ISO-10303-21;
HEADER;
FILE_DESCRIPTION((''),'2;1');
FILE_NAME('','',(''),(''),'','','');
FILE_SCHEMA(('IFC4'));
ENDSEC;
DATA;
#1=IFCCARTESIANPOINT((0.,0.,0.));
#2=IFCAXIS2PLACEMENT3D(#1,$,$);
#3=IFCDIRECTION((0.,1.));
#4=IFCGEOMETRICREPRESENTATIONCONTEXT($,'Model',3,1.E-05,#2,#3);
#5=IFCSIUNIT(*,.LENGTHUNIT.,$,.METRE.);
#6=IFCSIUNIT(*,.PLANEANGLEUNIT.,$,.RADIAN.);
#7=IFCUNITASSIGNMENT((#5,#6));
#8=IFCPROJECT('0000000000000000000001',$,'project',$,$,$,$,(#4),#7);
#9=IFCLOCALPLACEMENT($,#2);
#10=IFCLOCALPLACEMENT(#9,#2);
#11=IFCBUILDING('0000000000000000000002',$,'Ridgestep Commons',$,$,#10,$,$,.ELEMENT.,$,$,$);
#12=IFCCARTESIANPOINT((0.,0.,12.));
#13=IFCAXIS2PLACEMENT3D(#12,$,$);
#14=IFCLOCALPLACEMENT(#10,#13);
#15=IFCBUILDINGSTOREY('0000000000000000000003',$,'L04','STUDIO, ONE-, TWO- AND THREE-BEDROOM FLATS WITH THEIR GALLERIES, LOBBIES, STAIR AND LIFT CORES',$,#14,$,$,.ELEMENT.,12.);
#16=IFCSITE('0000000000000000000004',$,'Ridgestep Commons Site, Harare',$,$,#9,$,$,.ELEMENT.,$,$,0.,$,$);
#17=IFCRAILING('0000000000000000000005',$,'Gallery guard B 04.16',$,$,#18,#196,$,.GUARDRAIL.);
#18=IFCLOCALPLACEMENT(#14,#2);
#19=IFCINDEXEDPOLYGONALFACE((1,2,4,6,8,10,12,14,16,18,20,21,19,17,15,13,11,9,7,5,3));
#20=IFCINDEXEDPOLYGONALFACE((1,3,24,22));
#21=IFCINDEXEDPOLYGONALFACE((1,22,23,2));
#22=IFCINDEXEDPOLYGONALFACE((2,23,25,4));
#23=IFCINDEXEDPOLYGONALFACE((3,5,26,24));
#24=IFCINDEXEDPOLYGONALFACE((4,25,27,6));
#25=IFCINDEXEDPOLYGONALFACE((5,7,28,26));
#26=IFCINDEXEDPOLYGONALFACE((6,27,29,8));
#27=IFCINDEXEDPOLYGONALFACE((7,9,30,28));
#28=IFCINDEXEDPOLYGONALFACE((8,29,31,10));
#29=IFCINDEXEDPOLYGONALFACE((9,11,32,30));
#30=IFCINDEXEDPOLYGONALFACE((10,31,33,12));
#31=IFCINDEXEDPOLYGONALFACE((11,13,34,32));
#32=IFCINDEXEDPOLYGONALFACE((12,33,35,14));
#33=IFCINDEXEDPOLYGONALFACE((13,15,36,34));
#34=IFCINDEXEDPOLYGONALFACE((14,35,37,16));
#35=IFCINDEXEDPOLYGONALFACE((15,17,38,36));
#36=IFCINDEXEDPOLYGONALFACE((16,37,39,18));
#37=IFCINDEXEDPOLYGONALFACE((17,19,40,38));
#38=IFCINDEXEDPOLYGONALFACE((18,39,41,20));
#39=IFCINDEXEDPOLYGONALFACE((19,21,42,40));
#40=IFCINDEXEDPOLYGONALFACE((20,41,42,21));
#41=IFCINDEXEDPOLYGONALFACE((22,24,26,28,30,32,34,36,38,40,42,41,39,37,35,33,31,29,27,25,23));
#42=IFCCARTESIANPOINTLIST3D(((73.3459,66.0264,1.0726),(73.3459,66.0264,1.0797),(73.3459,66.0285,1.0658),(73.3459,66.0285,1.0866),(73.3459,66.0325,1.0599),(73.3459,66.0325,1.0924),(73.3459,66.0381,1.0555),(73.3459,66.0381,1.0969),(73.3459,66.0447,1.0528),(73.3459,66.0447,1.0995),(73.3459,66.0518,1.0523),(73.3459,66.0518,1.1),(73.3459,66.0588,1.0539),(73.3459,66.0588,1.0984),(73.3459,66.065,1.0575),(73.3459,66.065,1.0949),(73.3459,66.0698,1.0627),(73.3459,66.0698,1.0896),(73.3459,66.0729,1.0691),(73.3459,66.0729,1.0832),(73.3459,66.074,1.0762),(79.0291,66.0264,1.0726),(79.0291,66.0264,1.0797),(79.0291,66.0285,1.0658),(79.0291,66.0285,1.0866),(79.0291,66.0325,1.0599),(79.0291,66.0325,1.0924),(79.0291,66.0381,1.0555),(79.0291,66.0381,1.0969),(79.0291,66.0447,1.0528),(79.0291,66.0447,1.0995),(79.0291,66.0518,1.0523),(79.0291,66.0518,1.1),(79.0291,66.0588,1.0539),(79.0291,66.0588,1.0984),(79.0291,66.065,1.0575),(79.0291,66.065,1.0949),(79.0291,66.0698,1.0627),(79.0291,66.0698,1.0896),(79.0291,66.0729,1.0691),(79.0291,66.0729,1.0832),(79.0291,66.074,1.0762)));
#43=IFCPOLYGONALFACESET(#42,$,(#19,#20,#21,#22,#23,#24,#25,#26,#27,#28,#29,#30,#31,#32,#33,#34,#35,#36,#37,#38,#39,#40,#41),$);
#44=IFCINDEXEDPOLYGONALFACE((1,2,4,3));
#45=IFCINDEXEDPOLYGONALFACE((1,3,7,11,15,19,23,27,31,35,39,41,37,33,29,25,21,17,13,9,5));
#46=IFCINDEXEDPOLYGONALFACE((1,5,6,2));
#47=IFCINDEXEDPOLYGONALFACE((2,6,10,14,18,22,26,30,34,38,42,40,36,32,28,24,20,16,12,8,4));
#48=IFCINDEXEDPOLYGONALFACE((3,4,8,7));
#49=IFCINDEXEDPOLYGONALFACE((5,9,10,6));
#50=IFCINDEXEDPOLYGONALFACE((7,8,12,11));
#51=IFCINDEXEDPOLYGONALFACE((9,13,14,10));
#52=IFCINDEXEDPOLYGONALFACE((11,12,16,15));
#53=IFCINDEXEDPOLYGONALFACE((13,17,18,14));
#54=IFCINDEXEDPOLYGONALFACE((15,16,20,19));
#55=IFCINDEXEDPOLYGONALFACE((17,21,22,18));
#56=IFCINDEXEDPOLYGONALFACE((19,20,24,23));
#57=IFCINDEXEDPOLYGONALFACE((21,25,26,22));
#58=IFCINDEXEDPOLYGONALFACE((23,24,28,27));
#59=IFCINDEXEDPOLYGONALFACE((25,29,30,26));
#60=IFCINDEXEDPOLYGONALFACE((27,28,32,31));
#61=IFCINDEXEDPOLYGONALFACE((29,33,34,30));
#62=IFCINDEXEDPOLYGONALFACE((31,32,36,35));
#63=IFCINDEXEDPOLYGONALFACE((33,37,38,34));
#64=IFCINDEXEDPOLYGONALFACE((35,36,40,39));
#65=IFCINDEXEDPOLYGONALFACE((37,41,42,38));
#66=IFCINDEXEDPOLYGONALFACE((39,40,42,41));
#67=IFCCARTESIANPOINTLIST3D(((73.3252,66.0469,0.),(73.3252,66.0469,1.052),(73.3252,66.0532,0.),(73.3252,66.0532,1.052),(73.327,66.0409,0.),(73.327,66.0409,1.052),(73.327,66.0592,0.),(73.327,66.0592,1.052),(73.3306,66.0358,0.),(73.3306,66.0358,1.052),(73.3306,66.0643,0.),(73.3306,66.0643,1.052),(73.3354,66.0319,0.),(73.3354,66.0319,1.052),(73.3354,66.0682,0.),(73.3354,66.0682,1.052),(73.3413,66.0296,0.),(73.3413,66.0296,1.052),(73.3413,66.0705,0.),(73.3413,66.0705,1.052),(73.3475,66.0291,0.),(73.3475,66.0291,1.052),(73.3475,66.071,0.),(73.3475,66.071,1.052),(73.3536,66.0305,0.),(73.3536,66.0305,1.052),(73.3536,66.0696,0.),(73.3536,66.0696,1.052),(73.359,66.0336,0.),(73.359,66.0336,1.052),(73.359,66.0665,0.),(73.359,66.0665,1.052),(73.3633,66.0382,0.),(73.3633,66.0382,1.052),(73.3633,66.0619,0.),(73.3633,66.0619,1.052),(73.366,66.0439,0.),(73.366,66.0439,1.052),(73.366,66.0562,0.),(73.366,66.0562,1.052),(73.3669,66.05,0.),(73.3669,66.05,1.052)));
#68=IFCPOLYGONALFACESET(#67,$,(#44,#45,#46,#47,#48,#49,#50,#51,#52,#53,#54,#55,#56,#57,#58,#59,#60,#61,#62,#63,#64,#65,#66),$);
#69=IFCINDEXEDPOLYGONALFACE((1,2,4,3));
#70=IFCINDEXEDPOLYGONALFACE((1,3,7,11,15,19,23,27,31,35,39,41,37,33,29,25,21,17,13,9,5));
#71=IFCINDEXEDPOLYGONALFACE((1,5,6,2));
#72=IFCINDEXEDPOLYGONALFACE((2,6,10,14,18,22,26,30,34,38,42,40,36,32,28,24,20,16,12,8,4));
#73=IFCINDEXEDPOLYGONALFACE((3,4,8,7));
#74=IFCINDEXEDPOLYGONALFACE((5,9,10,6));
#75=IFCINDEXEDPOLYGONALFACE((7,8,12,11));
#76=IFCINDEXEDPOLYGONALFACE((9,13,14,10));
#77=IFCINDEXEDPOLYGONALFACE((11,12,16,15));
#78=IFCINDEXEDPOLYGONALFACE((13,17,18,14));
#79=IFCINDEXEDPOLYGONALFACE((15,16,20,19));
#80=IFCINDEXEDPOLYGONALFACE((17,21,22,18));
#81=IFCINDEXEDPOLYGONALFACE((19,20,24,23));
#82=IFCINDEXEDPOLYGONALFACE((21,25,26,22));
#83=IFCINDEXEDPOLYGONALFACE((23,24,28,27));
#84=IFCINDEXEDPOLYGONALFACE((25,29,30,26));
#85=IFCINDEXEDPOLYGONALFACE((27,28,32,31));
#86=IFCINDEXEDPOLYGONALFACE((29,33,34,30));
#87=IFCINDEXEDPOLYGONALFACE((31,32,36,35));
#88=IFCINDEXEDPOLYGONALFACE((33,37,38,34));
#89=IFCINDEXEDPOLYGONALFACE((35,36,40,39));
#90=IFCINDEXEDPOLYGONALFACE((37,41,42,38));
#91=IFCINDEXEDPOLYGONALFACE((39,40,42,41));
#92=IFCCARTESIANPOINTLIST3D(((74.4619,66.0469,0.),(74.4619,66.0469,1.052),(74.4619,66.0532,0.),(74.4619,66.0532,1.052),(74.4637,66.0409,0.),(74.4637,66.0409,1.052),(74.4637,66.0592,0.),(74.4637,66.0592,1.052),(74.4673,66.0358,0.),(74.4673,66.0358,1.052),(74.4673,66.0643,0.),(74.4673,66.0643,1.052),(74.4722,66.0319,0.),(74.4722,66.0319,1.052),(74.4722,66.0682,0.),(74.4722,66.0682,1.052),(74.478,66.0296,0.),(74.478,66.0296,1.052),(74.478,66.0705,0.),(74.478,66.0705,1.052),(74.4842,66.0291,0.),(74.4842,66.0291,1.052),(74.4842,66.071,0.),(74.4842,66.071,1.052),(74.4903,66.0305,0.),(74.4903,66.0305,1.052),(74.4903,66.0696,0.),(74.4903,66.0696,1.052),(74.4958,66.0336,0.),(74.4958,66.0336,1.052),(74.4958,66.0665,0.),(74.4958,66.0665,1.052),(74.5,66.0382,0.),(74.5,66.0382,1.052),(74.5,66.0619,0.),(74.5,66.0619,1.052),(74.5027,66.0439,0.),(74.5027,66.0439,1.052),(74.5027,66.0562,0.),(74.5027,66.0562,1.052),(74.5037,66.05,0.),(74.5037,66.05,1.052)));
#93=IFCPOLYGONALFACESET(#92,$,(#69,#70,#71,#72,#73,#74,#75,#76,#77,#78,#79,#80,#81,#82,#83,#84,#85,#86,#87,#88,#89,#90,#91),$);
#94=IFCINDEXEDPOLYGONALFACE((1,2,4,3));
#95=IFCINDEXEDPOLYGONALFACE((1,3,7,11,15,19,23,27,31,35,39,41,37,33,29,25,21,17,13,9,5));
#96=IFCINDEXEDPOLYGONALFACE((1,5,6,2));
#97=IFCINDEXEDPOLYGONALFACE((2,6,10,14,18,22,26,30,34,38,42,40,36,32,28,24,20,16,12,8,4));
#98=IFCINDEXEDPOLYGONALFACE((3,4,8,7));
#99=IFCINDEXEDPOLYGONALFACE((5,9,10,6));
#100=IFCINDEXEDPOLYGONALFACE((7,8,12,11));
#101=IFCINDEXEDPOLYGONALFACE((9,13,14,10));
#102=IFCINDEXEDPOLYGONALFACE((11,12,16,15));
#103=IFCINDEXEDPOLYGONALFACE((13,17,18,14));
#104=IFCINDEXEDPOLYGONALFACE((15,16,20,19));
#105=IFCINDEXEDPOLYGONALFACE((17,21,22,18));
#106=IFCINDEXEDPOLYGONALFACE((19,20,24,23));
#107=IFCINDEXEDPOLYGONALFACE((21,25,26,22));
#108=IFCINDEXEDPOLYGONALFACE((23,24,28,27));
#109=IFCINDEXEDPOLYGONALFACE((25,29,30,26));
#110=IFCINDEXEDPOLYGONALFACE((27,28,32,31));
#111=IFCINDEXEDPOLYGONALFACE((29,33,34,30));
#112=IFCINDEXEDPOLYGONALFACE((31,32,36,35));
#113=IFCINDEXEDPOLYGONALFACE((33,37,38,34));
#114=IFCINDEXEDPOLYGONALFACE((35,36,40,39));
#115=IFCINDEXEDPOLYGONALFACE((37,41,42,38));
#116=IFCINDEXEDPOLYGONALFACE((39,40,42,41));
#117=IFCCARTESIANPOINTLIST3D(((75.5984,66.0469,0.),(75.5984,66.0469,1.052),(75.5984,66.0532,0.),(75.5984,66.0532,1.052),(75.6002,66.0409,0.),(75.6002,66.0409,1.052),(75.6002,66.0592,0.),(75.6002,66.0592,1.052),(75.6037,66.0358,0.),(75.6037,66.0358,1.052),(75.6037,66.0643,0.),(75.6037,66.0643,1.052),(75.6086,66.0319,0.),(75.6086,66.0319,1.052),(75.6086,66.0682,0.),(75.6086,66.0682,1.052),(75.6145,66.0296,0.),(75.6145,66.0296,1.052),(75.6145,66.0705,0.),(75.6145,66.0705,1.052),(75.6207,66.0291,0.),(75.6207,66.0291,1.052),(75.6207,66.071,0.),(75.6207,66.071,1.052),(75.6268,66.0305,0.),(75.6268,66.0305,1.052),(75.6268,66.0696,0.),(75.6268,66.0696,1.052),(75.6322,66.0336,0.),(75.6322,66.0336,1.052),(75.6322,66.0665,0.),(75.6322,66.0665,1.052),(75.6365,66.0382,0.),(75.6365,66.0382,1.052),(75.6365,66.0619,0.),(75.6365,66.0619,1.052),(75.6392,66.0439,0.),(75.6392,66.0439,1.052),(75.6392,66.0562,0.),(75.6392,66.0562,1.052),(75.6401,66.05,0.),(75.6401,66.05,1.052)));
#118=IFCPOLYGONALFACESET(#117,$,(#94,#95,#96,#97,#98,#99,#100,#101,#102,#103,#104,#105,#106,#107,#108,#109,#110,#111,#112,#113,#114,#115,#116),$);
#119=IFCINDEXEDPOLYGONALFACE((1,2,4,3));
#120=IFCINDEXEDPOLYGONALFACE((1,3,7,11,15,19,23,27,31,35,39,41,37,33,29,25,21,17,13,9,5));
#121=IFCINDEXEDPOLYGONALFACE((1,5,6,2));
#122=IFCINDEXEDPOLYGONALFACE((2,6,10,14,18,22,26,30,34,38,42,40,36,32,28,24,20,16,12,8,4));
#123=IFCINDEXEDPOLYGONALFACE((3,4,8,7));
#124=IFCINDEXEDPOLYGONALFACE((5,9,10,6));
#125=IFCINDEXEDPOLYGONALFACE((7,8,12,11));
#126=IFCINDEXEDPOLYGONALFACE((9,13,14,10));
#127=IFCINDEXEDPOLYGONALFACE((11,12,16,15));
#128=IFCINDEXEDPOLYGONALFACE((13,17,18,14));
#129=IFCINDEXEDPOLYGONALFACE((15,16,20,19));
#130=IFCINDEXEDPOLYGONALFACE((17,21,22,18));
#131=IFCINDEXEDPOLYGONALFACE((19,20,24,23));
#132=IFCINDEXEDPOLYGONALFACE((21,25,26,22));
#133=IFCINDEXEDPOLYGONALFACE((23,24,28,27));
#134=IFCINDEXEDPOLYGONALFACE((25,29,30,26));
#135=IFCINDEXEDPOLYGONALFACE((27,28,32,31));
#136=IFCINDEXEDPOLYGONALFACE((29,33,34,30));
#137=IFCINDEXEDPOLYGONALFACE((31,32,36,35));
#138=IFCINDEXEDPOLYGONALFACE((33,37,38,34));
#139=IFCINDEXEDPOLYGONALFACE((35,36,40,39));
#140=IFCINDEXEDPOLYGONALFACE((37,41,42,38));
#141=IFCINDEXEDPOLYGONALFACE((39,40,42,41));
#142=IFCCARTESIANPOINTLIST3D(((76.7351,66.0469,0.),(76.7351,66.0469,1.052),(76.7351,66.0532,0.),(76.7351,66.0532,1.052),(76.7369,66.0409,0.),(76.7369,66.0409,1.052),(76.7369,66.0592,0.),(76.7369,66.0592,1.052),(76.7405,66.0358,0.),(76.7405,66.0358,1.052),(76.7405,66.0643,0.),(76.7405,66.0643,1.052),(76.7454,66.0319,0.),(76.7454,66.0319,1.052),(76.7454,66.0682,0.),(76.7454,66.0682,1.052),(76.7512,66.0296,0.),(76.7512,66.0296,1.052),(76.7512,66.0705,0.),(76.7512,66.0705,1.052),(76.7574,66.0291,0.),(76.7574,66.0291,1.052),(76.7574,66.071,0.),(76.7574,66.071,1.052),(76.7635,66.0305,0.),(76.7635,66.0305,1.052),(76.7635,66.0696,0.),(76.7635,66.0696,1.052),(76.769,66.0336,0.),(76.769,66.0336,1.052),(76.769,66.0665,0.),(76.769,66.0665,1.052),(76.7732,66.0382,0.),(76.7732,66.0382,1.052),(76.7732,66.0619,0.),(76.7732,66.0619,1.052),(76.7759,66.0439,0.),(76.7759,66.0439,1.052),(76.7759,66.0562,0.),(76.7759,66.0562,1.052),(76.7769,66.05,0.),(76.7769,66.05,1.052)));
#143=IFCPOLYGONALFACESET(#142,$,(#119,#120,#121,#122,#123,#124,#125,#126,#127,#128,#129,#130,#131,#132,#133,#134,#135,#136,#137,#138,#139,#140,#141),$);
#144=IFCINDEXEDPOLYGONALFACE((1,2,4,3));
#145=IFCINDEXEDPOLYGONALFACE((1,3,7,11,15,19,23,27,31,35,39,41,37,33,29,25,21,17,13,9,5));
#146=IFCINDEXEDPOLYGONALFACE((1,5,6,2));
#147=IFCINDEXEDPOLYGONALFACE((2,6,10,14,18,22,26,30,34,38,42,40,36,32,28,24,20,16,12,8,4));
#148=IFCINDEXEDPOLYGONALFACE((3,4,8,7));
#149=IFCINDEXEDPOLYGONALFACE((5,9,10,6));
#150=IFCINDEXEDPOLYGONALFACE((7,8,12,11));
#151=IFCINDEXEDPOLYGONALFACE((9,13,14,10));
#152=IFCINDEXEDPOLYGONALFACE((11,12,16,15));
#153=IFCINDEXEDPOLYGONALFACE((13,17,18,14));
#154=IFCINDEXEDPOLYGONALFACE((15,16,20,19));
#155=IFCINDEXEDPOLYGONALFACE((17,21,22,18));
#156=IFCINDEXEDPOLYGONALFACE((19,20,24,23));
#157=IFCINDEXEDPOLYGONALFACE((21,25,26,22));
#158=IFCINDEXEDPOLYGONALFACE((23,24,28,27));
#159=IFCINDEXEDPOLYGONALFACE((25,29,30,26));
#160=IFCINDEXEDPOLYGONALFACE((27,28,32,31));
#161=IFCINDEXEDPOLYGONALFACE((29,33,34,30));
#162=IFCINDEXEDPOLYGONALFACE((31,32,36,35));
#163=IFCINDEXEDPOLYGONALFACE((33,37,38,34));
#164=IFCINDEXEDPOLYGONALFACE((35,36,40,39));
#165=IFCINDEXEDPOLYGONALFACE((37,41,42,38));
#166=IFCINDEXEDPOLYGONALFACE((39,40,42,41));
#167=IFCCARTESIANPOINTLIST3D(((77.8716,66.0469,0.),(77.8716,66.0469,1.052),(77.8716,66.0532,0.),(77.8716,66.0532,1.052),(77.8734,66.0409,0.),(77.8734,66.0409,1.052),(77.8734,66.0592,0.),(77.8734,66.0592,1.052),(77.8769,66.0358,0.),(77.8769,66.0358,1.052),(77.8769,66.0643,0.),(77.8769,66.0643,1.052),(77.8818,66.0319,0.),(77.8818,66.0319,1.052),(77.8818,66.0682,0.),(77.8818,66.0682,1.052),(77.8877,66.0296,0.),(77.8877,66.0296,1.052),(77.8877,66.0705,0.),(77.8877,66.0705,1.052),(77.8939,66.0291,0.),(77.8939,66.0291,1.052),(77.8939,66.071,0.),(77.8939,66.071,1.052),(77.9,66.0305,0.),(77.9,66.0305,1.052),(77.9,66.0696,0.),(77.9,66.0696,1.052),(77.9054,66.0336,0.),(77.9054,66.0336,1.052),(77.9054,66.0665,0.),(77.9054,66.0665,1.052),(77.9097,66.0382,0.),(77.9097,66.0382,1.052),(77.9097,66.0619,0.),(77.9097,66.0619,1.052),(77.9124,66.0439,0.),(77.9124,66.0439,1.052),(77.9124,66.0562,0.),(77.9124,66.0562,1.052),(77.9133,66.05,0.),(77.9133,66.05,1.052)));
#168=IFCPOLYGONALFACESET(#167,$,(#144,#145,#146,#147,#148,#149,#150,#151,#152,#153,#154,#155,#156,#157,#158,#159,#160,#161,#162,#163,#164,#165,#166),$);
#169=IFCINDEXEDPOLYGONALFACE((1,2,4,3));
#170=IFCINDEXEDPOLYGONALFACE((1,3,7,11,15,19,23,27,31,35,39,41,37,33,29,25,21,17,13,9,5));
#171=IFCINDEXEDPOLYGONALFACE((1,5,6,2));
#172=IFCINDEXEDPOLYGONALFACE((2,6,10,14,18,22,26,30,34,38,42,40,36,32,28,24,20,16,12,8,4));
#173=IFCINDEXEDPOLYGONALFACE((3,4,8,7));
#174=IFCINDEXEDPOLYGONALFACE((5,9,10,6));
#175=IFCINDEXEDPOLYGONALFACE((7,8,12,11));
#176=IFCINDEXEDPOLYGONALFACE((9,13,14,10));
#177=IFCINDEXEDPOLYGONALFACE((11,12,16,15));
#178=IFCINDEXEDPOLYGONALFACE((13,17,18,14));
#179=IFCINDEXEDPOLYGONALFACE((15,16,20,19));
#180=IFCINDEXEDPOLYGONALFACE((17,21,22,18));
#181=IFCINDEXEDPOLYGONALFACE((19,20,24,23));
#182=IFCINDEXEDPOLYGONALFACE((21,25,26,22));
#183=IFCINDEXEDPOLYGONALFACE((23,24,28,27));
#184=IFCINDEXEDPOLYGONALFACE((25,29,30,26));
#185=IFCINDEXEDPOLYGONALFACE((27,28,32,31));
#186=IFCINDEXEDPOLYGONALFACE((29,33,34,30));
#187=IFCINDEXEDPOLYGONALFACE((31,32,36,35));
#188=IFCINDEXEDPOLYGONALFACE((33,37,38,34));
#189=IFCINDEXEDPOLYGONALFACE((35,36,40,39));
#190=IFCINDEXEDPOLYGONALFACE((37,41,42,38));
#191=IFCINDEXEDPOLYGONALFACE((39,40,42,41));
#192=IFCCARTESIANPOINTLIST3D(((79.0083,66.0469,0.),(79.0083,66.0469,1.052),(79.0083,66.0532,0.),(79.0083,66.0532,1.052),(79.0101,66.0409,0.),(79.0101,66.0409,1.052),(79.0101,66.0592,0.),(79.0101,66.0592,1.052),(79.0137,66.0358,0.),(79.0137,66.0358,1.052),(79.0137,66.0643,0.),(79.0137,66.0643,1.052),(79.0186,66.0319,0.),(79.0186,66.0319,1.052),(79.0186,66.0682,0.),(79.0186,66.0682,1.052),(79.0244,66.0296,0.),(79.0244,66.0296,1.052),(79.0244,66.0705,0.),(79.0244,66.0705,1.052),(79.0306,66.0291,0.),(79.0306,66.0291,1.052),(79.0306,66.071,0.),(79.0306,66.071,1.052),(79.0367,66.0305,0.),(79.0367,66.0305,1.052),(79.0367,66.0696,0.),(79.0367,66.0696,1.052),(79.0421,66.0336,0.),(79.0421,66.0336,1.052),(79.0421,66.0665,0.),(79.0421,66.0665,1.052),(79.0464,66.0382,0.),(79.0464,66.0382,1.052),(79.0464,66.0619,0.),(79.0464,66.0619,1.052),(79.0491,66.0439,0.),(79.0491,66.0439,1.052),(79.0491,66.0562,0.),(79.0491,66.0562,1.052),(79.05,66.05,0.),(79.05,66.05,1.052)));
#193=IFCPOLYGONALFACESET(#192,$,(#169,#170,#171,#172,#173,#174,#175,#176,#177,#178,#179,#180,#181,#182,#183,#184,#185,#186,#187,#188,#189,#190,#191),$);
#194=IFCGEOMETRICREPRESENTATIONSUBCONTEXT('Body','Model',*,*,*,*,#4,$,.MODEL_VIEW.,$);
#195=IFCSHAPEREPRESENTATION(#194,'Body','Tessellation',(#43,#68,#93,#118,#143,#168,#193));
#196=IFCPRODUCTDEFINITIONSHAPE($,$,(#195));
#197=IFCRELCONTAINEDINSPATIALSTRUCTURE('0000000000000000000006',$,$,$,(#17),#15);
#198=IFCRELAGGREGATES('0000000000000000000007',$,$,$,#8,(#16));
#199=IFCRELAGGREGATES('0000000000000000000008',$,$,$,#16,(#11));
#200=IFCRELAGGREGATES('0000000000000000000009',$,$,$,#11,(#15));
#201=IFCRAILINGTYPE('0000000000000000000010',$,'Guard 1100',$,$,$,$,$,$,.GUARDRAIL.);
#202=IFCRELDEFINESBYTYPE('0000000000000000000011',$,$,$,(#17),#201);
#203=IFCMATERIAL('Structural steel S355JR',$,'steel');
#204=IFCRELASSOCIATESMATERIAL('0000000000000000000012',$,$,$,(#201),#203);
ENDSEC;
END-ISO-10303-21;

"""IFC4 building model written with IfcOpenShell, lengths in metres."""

from ifc_helpers import new_model, si_unit, direction, frame, origin, origin_2d, place, context, subcontext, project, spatial, circle, extrude, material, type_object, element, save


model = new_model("IFC4")

# Units and contexts
model_context = context("Model", 3, precision=1e-05, world=origin(), true_north=direction((0.0, 1.0)))
body_context = subcontext(model_context, "Body", "Model", "MODEL_VIEW")
ifc_project = project(units=[si_unit("LENGTHUNIT", "METRE"), si_unit("PLANEANGLEUNIT", "RADIAN")], contexts=[model_context])

# Site, building, storey
site_placement = place(None, origin())
site = spatial("IfcSite", under=ifc_project, at=site_placement, Name="Ridgestep Commons Site, Harare", CompositionType="ELEMENT", RefElevation=0.0)
building_placement = place(site_placement, origin())
building = spatial("IfcBuilding", under=site, at=building_placement, Name="Ridgestep Commons", CompositionType="ELEMENT")
storey_placement = place(building_placement, frame((0.0, 0.0, 12.0)))
storey = spatial("IfcBuildingStorey", under=building, at=storey_placement, Name="L04", Description="STUDIO, ONE-, TWO- AND THREE-BEDROOM FLATS WITH THEIR GALLERIES, LOBBIES, STAIR AND LIFT CORES", CompositionType="ELEMENT", Elevation=12.0)

# Railing
ifc_material_1 = material(Name="Structural steel S355JR", Category="steel")
railing_type_1 = type_object("IfcRailingType", Name="Guard 1100", PredefinedType="GUARDRAIL", material=ifc_material_1)
railing_1_placement = place(storey_placement, frame((73.3459, 66.05, 0.0)))
element("IfcRailing", 1, at=railing_1_placement, inside=storey, type_object=railing_type_1, Name="Gallery guard B 04.16", PredefinedType="GUARDRAIL", context=body_context, shape_type="SweptSolid", body=[
    extrude(circle(Radius=0.0239, at=origin_2d()), frame((0.0, 0.0, 1.0762), z_axis=(1.0, 0.0, 0.0), x_axis=(0.0, 1.0, 0.0)), (0.0, 0.0, 1.0), 5.6831),
    extrude(circle(Radius=0.021, at=origin_2d()), origin(), (0.0, 0.0, 1.0), 1.052),
    extrude(circle(Radius=0.021, at=origin_2d()), frame((1.1367, 0.0, 0.0)), (0.0, 0.0, 1.0), 1.052),
    extrude(circle(Radius=0.021, at=origin_2d()), frame((2.2732, 0.0, 0.0)), (0.0, 0.0, 1.0), 1.052),
    extrude(circle(Radius=0.021, at=origin_2d()), frame((3.4099, 0.0, 0.0)), (0.0, 0.0, 1.0), 1.052),
    extrude(circle(Radius=0.021, at=origin_2d()), frame((4.5464, 0.0, 0.0)), (0.0, 0.0, 1.0), 1.052),
    extrude(circle(Radius=0.021, at=origin_2d()), frame((5.6831, 0.0, 0.0)), (0.0, 0.0, 1.0), 1.052),
])

save(model, "model.ifc")
